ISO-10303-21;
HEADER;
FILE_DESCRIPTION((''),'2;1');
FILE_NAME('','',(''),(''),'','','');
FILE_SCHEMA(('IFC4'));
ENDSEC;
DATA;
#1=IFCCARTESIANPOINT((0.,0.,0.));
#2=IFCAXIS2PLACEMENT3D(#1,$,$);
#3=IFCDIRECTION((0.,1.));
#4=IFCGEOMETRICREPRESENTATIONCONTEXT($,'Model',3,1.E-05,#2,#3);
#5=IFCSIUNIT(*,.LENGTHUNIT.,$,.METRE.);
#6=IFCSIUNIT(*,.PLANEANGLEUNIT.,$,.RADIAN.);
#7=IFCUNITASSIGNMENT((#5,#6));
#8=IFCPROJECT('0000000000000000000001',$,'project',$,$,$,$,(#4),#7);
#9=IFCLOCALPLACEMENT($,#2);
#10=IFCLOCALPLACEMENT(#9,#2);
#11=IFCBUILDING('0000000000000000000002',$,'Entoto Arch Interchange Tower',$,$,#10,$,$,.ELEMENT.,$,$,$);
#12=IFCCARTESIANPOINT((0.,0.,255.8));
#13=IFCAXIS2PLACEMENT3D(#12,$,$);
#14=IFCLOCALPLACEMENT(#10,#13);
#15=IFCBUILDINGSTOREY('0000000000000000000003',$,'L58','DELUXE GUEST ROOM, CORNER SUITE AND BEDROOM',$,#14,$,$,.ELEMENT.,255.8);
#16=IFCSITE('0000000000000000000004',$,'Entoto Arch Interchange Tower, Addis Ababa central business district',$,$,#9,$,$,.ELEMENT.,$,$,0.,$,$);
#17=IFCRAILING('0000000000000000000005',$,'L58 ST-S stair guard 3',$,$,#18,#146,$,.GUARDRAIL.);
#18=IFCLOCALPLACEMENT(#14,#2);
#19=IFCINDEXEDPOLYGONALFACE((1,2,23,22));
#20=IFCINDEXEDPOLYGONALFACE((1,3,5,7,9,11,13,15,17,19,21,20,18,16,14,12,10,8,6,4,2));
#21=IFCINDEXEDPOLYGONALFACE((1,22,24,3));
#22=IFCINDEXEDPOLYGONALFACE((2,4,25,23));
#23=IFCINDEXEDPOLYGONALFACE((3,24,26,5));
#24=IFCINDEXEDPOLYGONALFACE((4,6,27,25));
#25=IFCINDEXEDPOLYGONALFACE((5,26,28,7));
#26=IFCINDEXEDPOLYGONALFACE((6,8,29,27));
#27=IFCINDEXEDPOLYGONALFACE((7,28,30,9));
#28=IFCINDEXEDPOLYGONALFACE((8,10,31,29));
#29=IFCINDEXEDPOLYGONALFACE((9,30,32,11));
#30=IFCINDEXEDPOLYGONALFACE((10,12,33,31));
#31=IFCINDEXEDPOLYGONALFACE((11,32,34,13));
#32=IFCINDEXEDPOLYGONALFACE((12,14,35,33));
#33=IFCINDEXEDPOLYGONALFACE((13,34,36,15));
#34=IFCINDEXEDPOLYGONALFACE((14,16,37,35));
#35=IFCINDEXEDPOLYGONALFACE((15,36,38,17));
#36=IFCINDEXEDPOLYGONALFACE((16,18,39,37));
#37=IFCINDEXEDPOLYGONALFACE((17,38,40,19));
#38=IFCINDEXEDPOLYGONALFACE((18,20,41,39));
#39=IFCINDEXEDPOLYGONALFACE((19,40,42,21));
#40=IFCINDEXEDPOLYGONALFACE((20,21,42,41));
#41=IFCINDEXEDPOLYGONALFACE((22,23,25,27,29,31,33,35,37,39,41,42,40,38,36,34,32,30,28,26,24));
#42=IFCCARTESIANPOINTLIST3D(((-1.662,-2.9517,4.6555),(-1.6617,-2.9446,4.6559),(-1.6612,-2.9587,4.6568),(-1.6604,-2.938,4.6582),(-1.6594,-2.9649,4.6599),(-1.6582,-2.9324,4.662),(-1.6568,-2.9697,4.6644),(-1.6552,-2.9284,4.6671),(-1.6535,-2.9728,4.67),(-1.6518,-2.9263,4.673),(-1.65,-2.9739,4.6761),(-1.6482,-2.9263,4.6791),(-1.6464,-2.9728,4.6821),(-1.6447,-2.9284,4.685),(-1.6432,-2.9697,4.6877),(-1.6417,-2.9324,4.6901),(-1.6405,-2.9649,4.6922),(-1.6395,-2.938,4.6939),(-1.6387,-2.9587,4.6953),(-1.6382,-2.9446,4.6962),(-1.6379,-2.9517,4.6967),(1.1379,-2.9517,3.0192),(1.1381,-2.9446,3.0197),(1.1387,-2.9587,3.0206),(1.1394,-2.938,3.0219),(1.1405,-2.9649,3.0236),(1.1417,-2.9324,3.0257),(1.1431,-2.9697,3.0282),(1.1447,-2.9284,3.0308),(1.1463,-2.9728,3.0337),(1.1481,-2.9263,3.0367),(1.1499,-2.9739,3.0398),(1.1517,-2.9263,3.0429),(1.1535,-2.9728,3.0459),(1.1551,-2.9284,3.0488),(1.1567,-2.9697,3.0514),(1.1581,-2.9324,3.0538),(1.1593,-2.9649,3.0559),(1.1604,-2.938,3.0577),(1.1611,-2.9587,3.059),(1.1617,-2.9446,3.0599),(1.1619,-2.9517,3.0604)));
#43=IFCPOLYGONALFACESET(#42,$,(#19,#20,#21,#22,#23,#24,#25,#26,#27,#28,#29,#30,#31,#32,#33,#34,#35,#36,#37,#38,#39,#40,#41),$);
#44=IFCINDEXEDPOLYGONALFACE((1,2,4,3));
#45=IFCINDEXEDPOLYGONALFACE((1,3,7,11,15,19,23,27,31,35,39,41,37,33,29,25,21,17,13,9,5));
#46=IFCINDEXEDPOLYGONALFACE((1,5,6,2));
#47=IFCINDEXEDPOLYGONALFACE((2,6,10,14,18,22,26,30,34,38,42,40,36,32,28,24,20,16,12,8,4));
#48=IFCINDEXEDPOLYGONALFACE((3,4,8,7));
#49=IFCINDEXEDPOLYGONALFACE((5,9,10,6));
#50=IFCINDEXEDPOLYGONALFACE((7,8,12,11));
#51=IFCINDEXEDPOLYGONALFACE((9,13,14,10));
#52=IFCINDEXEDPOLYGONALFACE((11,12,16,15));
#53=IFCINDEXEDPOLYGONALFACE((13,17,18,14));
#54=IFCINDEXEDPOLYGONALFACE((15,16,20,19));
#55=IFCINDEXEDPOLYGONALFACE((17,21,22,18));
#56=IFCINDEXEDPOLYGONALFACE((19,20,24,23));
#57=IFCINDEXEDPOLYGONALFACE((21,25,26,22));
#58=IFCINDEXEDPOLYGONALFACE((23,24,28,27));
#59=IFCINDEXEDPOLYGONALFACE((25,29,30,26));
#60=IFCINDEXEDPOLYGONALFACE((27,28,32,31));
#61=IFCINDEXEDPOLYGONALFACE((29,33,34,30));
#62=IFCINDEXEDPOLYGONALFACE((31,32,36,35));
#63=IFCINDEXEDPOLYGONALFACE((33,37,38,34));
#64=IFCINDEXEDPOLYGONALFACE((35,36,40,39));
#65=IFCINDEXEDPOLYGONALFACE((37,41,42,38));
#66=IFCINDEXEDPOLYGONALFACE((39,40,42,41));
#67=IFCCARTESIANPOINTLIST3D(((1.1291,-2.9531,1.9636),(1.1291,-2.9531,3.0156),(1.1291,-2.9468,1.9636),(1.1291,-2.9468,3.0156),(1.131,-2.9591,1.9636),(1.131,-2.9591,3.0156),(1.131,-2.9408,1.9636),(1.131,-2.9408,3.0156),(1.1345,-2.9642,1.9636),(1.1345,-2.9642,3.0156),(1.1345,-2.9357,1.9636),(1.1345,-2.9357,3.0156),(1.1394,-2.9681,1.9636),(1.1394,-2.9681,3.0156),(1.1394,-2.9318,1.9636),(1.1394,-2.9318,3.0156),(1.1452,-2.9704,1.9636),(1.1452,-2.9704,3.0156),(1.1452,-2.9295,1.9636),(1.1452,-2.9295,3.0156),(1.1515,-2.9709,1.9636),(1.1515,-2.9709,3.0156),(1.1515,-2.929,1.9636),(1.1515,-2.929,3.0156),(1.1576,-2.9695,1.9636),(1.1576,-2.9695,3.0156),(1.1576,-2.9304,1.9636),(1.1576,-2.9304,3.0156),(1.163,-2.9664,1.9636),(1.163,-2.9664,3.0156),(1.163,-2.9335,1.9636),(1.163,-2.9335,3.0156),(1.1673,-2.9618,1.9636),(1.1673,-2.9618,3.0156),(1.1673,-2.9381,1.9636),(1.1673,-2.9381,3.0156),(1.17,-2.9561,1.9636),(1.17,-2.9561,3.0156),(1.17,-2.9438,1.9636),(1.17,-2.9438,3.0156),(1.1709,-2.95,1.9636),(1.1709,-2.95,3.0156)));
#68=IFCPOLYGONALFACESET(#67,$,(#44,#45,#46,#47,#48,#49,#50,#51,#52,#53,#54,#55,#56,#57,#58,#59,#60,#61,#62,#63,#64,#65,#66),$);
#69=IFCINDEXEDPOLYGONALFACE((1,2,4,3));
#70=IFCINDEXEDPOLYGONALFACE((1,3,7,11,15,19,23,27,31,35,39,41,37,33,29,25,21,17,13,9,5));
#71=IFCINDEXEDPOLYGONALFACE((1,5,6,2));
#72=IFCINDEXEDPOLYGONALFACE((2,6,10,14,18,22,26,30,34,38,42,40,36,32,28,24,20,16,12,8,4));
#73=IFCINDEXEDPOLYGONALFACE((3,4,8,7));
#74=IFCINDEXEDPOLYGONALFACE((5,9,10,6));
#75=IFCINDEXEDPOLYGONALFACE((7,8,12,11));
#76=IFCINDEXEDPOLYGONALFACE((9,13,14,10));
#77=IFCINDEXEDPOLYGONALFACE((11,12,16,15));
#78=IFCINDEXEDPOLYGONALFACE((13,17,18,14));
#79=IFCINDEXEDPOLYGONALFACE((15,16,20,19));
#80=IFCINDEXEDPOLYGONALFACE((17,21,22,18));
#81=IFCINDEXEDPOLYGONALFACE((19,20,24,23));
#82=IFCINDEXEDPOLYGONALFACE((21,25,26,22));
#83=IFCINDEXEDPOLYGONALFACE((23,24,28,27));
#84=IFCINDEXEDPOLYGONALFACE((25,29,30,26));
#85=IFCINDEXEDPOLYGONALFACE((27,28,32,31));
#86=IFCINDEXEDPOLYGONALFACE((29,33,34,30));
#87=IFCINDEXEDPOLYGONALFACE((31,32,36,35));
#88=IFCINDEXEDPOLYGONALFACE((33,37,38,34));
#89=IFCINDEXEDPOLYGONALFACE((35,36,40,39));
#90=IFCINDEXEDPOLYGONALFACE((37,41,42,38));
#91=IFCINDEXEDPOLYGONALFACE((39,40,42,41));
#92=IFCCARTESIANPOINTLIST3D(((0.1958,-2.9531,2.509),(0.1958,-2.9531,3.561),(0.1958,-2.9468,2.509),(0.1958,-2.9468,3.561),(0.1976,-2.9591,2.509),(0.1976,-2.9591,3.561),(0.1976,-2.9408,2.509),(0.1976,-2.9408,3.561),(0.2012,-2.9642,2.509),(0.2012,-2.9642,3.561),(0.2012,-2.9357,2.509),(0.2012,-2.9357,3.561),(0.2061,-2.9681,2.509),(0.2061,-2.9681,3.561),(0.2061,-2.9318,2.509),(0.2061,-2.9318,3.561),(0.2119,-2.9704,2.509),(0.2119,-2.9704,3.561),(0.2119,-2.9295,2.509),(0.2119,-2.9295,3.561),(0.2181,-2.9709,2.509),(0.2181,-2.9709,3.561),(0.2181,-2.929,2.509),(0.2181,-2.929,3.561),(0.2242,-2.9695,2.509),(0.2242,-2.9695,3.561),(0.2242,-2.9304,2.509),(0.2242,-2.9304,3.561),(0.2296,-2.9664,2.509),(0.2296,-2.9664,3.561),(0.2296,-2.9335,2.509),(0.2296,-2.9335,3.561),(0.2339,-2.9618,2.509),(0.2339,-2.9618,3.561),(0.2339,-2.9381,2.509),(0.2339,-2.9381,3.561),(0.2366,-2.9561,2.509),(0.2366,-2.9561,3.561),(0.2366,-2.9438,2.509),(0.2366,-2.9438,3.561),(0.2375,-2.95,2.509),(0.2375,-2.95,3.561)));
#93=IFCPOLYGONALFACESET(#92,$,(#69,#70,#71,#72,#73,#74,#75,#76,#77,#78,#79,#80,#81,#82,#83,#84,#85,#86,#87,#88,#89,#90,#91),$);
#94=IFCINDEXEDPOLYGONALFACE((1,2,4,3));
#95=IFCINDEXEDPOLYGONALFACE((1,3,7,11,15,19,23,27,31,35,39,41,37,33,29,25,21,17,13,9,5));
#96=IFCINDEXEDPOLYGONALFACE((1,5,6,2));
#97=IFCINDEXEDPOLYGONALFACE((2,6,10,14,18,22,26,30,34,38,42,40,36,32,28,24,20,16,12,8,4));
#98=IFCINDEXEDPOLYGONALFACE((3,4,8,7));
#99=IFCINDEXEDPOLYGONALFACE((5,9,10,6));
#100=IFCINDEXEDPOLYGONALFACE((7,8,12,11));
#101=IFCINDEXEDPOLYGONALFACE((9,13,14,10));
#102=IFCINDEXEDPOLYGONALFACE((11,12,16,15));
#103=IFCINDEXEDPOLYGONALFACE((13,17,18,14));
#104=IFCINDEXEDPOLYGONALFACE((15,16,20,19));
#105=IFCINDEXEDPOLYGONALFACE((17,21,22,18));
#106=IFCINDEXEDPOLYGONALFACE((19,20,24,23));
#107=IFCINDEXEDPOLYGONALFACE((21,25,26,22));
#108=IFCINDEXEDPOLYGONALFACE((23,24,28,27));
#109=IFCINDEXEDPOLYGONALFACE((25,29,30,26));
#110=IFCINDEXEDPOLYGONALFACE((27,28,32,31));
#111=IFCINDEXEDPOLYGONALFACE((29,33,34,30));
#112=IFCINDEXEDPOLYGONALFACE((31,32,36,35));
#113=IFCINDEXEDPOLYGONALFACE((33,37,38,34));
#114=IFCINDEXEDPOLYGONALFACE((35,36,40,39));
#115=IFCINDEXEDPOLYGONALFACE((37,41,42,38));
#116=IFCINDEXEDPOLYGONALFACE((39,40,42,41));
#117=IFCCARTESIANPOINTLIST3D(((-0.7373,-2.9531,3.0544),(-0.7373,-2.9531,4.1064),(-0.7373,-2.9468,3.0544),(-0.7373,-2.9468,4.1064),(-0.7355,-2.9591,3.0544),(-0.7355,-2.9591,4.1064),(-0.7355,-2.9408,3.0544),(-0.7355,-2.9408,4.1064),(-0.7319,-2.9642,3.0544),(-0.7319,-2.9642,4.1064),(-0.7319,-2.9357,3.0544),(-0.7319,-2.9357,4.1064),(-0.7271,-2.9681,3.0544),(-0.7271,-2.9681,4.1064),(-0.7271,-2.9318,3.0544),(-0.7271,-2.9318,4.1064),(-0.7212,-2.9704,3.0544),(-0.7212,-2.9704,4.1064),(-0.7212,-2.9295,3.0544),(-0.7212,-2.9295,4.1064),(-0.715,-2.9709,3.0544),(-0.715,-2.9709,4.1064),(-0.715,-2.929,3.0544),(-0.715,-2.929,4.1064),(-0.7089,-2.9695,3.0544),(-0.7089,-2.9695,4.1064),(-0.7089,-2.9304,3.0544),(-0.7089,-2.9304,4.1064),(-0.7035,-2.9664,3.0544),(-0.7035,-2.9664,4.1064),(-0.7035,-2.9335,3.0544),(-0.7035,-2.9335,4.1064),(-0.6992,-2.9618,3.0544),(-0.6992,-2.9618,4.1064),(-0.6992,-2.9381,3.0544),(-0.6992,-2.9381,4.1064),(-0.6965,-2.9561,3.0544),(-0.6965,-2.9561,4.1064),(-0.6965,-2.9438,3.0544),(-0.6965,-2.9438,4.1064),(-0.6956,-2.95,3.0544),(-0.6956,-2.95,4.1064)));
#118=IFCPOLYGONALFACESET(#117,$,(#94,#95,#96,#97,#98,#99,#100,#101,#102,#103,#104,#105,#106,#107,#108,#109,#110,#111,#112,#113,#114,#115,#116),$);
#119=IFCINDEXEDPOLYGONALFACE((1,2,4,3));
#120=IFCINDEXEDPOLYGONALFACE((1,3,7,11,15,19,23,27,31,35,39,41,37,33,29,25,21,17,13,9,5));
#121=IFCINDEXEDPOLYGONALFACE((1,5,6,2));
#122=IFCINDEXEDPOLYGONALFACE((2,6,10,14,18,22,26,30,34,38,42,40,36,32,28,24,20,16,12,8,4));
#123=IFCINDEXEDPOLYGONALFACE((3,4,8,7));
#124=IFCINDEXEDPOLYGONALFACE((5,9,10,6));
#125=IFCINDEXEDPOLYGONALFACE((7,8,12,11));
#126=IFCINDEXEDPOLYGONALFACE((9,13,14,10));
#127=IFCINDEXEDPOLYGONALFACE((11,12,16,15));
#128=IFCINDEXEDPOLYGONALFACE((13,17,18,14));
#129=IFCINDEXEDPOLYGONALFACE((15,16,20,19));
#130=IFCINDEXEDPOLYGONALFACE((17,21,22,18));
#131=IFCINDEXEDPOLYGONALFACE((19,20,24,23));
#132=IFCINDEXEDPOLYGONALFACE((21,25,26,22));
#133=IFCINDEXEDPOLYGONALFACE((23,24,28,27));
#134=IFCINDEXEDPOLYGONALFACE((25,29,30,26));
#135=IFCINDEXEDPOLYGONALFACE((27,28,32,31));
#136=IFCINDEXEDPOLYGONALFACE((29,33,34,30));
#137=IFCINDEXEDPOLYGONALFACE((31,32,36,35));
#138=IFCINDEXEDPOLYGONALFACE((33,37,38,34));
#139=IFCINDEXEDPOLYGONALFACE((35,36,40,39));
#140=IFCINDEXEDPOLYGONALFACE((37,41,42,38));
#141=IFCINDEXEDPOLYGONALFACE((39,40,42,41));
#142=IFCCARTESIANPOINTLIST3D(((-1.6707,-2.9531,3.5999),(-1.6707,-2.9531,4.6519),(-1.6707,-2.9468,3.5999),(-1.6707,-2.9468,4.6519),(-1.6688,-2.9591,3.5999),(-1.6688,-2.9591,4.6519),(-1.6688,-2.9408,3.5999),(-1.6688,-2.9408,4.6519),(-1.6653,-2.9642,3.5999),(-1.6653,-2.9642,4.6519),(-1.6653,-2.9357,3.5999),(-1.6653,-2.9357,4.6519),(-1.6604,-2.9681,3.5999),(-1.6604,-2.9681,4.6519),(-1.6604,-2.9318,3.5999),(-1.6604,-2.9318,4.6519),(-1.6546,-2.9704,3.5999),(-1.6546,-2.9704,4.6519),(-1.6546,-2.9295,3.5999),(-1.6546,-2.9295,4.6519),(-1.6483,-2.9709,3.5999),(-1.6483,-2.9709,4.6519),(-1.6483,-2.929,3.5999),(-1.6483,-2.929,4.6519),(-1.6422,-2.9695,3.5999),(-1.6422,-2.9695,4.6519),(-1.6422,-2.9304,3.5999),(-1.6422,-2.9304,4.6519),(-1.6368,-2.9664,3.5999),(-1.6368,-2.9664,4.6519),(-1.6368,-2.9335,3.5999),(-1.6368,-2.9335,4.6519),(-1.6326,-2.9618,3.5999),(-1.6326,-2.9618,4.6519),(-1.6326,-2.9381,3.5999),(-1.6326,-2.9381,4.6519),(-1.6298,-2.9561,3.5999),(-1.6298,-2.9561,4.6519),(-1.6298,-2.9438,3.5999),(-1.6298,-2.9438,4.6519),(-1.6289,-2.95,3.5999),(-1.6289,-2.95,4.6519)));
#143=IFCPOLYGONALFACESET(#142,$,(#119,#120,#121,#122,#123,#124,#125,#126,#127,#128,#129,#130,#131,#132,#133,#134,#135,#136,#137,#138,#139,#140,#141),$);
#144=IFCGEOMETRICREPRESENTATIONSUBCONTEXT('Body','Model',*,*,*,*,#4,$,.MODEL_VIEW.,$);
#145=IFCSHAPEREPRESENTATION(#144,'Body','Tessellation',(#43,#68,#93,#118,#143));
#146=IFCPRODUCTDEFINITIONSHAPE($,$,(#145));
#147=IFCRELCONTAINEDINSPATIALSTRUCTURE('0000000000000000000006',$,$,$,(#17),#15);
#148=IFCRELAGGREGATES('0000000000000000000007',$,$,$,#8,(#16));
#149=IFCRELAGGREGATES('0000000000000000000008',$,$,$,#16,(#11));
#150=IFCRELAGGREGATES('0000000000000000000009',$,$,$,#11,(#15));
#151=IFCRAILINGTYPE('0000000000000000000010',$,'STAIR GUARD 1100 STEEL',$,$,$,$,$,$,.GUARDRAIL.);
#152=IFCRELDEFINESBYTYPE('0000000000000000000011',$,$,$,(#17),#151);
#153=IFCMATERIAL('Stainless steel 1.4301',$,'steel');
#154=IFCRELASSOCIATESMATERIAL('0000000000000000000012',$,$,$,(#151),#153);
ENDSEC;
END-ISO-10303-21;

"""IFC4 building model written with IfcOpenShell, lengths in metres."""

from ifc_helpers import new_model, si_unit, direction, frame, origin, origin_2d, place, context, subcontext, project, spatial, circle, extrude, material, type_object, element, save


model = new_model("IFC4")

# Units and contexts
model_context = context("Model", 3, precision=1e-05, world=origin(), true_north=direction((0.0, 1.0)))
body_context = subcontext(model_context, "Body", "Model", "MODEL_VIEW")
ifc_project = project(units=[si_unit("LENGTHUNIT", "METRE"), si_unit("PLANEANGLEUNIT", "RADIAN")], contexts=[model_context])

# Site, building, storey
site_placement = place(None, origin())
site = spatial("IfcSite", under=ifc_project, at=site_placement, Name="Entoto Arch Interchange Tower, Addis Ababa central business district", CompositionType="ELEMENT", RefElevation=0.0)
building_placement = place(site_placement, origin())
building = spatial("IfcBuilding", under=site, at=building_placement, Name="Entoto Arch Interchange Tower", CompositionType="ELEMENT")
storey_placement = place(building_placement, frame((0.0, 0.0, 255.8)))
storey = spatial("IfcBuildingStorey", under=building, at=storey_placement, Name="L58", Description="DELUXE GUEST ROOM, CORNER SUITE AND BEDROOM", CompositionType="ELEMENT", Elevation=255.8)

# Railing
ifc_material_1 = material(Name="Stainless steel 1.4301", Category="steel")
railing_type_1 = type_object("IfcRailingType", Name="STAIR GUARD 1100 STEEL", PredefinedType="GUARDRAIL", material=ifc_material_1)
railing_1_placement = place(storey_placement, frame((1.1499, -2.95, 1.9636)))
element("IfcRailing", 1, at=railing_1_placement, inside=storey, type_object=railing_type_1, Name="L58 ST-S stair guard 3", PredefinedType="GUARDRAIL", context=body_context, shape_type="SweptSolid", body=[
    extrude(circle(Radius=0.0239, at=origin_2d()), frame((0.0, 0.0, 1.0762), z_axis=(-0.863374, 0.0, 0.504564), x_axis=(0.0, -1.0, 0.0)), (0.0, 0.0, 1.0), 3.2429),
    extrude(circle(Radius=0.021, at=origin_2d()), origin(), (0.0, 0.0, 1.0), 1.052),
    extrude(circle(Radius=0.021, at=origin_2d()), frame((-0.9333, 0.0, 0.5454)), (0.0, 0.0, 1.0), 1.052),
    extrude(circle(Radius=0.021, at=origin_2d()), frame((-1.8665, 0.0, 1.0908)), (0.0, 0.0, 1.0), 1.052),
    extrude(circle(Radius=0.021, at=origin_2d()), frame((-2.7998, 0.0, 1.6362)), (0.0, 0.0, 1.0), 1.052),
])

save(model, "model.ifc")
